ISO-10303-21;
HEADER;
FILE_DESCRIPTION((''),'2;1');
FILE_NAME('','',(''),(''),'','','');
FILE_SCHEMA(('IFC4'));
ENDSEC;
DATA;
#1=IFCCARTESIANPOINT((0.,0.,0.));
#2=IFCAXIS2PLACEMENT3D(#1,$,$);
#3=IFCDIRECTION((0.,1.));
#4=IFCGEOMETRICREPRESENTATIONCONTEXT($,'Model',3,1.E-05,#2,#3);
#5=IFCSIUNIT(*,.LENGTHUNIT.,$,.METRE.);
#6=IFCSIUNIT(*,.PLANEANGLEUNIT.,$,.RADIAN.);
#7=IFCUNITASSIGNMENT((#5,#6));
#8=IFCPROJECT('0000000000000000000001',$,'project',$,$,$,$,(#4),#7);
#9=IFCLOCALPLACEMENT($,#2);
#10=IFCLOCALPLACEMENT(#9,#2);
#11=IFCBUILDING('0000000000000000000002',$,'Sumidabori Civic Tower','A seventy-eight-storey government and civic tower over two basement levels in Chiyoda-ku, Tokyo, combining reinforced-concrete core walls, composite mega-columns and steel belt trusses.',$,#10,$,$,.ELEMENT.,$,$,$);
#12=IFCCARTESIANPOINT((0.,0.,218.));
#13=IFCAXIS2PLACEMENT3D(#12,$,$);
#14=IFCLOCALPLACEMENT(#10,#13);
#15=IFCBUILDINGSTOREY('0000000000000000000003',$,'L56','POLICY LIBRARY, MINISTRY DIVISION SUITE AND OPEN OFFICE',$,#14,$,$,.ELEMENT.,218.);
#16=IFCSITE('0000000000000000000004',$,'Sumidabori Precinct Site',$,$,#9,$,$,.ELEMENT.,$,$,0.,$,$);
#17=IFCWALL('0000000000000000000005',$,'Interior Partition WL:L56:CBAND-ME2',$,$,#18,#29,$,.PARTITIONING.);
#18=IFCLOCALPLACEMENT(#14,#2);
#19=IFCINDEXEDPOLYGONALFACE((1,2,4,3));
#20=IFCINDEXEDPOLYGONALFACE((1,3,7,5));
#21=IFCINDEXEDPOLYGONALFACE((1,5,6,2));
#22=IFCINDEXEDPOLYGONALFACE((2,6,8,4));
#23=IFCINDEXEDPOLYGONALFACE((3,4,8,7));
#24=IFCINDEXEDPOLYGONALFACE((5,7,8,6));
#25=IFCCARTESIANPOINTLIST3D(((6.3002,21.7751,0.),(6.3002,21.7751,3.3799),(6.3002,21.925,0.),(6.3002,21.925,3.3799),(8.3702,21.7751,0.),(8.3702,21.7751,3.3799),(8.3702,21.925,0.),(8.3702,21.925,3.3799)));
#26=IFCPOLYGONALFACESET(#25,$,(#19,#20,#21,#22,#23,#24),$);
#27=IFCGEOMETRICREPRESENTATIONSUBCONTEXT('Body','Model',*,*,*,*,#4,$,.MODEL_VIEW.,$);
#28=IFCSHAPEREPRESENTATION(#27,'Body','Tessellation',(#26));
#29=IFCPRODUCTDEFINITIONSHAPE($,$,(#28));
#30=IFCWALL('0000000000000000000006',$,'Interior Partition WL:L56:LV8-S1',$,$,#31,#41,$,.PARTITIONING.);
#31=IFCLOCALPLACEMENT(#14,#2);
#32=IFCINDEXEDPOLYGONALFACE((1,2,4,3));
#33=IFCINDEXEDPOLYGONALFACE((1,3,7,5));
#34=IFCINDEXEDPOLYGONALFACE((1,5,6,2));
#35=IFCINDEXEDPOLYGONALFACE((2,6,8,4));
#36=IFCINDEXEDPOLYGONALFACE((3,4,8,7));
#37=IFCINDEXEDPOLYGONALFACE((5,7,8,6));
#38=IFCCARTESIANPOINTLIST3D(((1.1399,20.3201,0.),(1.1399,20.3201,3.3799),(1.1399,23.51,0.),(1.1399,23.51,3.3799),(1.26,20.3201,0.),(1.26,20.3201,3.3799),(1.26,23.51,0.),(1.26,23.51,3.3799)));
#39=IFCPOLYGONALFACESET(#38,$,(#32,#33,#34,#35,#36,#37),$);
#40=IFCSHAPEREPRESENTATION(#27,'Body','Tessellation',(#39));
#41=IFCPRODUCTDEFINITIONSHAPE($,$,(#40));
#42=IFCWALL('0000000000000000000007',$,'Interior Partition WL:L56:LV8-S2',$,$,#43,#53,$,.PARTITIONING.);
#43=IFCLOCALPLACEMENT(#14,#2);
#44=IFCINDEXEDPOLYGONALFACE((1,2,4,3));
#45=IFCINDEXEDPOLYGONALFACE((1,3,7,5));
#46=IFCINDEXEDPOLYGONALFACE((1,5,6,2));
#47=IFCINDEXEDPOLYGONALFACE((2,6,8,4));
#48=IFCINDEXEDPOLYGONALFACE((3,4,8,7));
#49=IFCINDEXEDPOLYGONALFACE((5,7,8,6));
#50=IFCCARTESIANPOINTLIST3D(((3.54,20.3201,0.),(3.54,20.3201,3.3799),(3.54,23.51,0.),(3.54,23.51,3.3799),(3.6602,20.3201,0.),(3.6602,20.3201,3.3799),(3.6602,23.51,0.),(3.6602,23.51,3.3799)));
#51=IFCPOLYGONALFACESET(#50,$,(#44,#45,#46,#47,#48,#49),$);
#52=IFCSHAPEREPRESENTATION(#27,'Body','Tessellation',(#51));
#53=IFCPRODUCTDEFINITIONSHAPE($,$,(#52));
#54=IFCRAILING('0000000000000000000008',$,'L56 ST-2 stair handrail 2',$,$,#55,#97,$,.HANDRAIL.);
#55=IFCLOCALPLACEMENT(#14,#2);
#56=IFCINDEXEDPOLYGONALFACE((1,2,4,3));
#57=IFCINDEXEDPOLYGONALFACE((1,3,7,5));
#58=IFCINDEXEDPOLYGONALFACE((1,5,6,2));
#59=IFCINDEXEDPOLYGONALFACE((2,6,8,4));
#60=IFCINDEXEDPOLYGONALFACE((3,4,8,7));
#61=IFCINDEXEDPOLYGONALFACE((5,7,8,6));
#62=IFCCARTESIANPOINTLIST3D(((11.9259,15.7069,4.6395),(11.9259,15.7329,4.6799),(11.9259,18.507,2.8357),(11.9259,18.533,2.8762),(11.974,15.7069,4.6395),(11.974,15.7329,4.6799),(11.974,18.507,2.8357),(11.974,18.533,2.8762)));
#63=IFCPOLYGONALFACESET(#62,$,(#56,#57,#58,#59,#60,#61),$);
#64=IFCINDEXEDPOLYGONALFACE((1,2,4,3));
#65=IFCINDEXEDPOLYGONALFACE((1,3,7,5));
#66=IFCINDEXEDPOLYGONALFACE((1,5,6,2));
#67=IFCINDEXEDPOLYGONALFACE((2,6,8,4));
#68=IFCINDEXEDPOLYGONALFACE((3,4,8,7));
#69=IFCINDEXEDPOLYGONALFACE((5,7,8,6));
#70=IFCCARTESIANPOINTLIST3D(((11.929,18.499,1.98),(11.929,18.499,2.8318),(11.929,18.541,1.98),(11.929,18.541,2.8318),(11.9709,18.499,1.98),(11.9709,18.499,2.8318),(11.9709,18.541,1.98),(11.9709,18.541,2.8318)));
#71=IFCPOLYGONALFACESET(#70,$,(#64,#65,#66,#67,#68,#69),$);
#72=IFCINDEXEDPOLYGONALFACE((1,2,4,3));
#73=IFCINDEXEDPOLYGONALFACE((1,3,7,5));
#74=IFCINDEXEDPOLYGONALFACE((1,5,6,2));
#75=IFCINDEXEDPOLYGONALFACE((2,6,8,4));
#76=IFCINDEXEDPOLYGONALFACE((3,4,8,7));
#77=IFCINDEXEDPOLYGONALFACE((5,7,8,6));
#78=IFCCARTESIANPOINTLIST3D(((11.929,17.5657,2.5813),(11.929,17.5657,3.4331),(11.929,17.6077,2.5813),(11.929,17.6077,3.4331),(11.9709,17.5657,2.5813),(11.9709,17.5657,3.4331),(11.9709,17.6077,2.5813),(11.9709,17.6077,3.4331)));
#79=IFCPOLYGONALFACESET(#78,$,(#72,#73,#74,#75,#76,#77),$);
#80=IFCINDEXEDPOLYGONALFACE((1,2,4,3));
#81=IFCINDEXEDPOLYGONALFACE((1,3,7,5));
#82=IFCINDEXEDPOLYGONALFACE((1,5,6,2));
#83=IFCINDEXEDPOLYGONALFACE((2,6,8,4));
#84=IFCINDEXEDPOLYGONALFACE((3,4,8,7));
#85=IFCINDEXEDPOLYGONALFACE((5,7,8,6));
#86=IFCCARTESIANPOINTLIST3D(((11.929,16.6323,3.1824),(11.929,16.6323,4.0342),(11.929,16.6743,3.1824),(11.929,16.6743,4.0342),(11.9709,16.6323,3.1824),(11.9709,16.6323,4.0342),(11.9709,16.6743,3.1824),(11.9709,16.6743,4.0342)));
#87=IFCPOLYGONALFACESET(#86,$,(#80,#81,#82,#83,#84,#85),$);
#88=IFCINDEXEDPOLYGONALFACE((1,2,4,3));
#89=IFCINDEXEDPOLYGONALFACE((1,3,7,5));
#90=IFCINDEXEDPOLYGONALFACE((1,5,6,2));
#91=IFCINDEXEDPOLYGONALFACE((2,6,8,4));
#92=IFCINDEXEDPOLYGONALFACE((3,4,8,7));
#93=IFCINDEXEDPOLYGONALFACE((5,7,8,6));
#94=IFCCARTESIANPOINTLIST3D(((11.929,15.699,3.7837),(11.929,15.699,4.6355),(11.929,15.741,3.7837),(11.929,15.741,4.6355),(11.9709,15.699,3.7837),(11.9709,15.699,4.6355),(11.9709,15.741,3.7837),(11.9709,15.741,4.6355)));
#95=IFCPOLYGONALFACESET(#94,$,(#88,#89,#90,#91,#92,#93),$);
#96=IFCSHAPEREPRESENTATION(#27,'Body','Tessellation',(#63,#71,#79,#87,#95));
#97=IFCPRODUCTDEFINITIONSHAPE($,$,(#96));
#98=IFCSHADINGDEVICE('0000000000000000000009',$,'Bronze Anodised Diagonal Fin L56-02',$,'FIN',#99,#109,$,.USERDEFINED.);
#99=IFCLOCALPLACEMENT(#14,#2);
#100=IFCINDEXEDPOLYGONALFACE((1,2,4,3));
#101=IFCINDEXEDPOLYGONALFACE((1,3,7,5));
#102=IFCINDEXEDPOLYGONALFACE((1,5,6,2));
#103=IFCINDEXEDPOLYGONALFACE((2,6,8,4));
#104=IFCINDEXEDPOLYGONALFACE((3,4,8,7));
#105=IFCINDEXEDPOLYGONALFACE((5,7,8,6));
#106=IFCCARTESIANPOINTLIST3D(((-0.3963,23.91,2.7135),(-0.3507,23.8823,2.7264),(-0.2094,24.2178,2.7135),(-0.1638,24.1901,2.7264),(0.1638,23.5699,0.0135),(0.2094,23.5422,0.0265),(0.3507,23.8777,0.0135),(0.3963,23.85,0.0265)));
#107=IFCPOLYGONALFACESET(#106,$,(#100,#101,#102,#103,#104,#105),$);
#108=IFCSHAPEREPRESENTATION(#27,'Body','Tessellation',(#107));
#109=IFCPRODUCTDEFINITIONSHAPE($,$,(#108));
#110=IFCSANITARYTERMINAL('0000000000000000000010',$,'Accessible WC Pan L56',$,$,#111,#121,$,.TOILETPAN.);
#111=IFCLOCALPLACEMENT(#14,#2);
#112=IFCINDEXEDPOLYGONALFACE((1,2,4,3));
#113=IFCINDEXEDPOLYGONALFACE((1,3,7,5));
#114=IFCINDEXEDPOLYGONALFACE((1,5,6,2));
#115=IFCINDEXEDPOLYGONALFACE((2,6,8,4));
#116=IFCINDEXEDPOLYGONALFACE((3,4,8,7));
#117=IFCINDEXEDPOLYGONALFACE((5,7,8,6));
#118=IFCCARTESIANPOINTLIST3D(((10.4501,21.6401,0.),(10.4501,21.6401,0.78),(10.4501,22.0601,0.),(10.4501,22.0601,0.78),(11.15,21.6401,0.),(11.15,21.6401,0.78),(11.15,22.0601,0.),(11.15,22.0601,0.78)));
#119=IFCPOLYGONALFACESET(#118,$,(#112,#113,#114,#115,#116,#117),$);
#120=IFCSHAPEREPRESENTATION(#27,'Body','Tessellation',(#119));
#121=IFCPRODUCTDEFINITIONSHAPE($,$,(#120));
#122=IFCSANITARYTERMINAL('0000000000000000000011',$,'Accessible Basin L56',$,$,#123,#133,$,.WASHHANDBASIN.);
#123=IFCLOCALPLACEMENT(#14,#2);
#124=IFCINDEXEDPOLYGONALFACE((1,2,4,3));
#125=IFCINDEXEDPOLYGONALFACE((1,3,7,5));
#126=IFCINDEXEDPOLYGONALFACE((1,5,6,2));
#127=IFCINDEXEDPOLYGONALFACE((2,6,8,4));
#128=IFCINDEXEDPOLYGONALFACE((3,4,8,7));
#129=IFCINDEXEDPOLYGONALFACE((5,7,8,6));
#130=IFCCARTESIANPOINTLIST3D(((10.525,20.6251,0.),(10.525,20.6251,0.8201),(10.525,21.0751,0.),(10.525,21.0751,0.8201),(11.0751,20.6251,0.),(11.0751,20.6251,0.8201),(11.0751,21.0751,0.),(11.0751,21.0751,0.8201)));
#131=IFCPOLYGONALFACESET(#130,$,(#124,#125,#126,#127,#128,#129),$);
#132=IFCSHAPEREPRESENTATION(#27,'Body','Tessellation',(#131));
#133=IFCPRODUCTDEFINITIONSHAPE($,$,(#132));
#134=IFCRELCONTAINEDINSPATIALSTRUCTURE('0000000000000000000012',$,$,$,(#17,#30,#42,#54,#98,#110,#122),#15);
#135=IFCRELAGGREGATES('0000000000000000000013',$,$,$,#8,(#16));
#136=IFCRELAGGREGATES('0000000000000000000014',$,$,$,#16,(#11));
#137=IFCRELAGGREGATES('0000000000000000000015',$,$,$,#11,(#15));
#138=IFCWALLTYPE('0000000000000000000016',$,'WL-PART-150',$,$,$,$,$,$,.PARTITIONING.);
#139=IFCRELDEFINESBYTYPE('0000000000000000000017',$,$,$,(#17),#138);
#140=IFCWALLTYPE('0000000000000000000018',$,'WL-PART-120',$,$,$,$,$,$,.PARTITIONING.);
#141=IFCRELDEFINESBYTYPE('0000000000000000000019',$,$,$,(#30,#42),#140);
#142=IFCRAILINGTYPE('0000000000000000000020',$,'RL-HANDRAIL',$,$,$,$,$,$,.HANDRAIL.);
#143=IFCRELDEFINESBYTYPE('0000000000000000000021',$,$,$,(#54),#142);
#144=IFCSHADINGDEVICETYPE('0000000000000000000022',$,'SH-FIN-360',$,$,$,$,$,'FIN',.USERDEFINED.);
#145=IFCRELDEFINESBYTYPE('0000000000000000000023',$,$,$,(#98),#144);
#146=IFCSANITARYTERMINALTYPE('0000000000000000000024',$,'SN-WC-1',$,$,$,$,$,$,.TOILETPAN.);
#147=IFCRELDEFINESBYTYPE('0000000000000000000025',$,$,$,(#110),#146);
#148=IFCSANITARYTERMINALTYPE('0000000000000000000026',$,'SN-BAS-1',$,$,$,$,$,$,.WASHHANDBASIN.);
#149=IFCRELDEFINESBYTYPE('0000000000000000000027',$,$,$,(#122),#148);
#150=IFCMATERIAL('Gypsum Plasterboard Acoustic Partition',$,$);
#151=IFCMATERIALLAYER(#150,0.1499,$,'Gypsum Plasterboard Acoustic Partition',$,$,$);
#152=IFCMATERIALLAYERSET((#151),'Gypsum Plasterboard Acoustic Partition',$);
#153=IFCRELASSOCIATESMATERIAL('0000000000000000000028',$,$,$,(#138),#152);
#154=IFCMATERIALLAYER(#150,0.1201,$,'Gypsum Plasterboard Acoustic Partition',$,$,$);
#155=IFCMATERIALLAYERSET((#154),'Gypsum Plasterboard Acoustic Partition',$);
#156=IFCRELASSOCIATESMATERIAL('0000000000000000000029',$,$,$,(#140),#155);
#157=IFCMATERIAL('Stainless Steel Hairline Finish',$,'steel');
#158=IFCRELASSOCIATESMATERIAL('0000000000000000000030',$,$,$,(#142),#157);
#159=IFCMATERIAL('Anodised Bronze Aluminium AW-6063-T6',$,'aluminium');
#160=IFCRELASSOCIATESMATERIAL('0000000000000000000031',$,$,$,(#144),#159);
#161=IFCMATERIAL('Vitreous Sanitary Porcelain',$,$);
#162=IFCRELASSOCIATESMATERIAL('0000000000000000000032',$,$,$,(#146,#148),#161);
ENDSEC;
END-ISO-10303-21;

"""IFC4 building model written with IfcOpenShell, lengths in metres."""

from ifc_helpers import new_model, si_unit, direction, frame, frame_2d, origin, origin_2d, place, context, subcontext, project, spatial, rectangle, extrude, source, transform, mapped, material, layer, layer_set, material_profile, profile_set, type_object, element, save


model = new_model("IFC4")

# Units and contexts
model_context = context("Model", 3, precision=1e-05, world=origin(), true_north=direction((0.0, 1.0)))
body_context = subcontext(model_context, "Body", "Model", "MODEL_VIEW")
ifc_project = project(units=[si_unit("LENGTHUNIT", "METRE"), si_unit("PLANEANGLEUNIT", "RADIAN")], contexts=[model_context])

# Site, building, storey
site_placement = place(None, origin())
site = spatial("IfcSite", under=ifc_project, at=site_placement, Name="Sumidabori Precinct Site", CompositionType="ELEMENT", RefElevation=0.0)
building_placement = place(site_placement, origin())
building = spatial("IfcBuilding", under=site, at=building_placement, Name="Sumidabori Civic Tower", Description="A seventy-eight-storey government and civic tower over two basement levels in Chiyoda-ku, Tokyo, combining reinforced-concrete core walls, composite mega-columns and steel belt trusses.", CompositionType="ELEMENT")
storey_placement = place(building_placement, frame((0.0, 0.0, 218.0)))
storey = spatial("IfcBuildingStorey", under=building, at=storey_placement, Name="L56", Description="POLICY LIBRARY, MINISTRY DIVISION SUITE AND OPEN OFFICE", CompositionType="ELEMENT", Elevation=218.0)

# Shared definitions
ifc_material_1 = material(Name="Anodised Bronze Aluminium AW-6063-T6", Category="aluminium")

# Walls
ifc_material_2 = material(Name="Gypsum Plasterboard Acoustic Partition")
ifc_layer_1 = layer(ifc_material_2, 0.1499, Name="Gypsum Plasterboard Acoustic Partition")
ifc_layer_set_1 = layer_set([ifc_layer_1], Name="Gypsum Plasterboard Acoustic Partition")
wall_type_1 = type_object("IfcWallType", Name="WL-PART-150", PredefinedType="PARTITIONING", material=ifc_layer_set_1)
shared_shape_1 = source(origin(), body_context, "Body", "SweptSolid", [
    extrude(rectangle(XDim=2.0701, YDim=0.1499, at=frame_2d((1.0352, 0.0))), origin(), (0.0, 0.0, 1.0), 3.3799),
])
wall_1_placement = place(storey_placement, frame((6.3, 21.8501, 0.0), z_axis=(0.0, 0.0, 1.0), x_axis=(1.0, 0.0, 0.0)))
element("IfcWall", 1, at=wall_1_placement, inside=storey, type_object=wall_type_1, Name="Interior Partition WL:L56:CBAND-ME2", PredefinedType="PARTITIONING", context=body_context, shape_type="MappedRepresentation", body=[
    mapped(shared_shape_1, transform((0.0, 0.0, 0.0), x_axis=(1.0, 0.0, 0.0), y_axis=(0.0, 1.0, 0.0), z_axis=(0.0, 0.0, 1.0), scale=1.0)),
])
ifc_layer_2 = layer(ifc_material_2, 0.1201, Name="Gypsum Plasterboard Acoustic Partition")
ifc_layer_set_2 = layer_set([ifc_layer_2], Name="Gypsum Plasterboard Acoustic Partition")
wall_type_2 = type_object("IfcWallType", Name="WL-PART-120", PredefinedType="PARTITIONING", material=ifc_layer_set_2)
shared_shape_2 = source(origin(), body_context, "Body", "SweptSolid", [
    extrude(rectangle(XDim=3.1899, YDim=0.1201, at=frame_2d((1.595, 0.0))), origin(), (0.0, 0.0, 1.0), 3.3799),
])
for number, where, z_axis, x_axis, name in (
    (2, (1.2, 20.3201, 0.0), (0.0, 0.0, 1.0), (0.0, 1.0, 0.0), "Interior Partition WL:L56:LV8-S1"),
    (3, (3.6001, 20.3201, 0.0), (0.0, 0.0, 1.0), (0.0, 1.0, 0.0), "Interior Partition WL:L56:LV8-S2"),
):
    element("IfcWall", number, at=place(storey_placement, frame(where, z_axis=z_axis, x_axis=x_axis)), inside=storey, type_object=wall_type_2, Name=name, PredefinedType="PARTITIONING", context=body_context, shape_type="MappedRepresentation", body=[
        mapped(shared_shape_2, transform((0.0, 0.0, 0.0), x_axis=(1.0, 0.0, 0.0), y_axis=(0.0, 1.0, 0.0), z_axis=(0.0, 0.0, 1.0), scale=1.0)),
    ])

# Railing
ifc_material_3 = material(Name="Stainless Steel Hairline Finish", Category="steel")
railing_type = type_object("IfcRailingType", Name="RL-HANDRAIL", PredefinedType="HANDRAIL", material=ifc_material_3)
railing_placement = place(storey_placement, frame((11.95, 18.52, 1.98)))
element("IfcRailing", 4, at=railing_placement, inside=storey, type_object=railing_type, Name="L56 ST-2 stair handrail 2", PredefinedType="HANDRAIL", context=body_context, shape_type="SweptSolid", body=[
    extrude(rectangle(XDim=0.0481, YDim=0.0481, at=origin_2d()), frame((0.0, 0.0, 0.876), z_axis=(0.0, -0.840676, 0.541539), x_axis=(1.0, 0.0, 0.0)), (0.0, 0.0, 1.0), 3.3308),
    extrude(rectangle(XDim=0.042, YDim=0.042, at=origin_2d()), origin(), (0.0, 0.0, 1.0), 0.8518),
    extrude(rectangle(XDim=0.042, YDim=0.042, at=origin_2d()), frame((0.0, -0.9333, 0.6013)), (0.0, 0.0, 1.0), 0.8518),
    extrude(rectangle(XDim=0.042, YDim=0.042, at=origin_2d()), frame((0.0, -1.8667, 1.2024)), (0.0, 0.0, 1.0), 0.8518),
    extrude(rectangle(XDim=0.042, YDim=0.042, at=origin_2d()), frame((0.0, -2.8, 1.8037)), (0.0, 0.0, 1.0), 0.8518),
])

# Shading device
ifc_material_profile_1 = material_profile(ifc_material_1, rectangle(XDim=0.0549, YDim=0.3601, at=origin_2d()), Name="BRONZE FIN 360x55")
ifc_profile_set_1 = profile_set([ifc_material_profile_1], Name="Anodised Bronze Aluminium AW-6063-T6")
shading_device_type = type_object("IfcShadingDeviceType", Name="SH-FIN-360", ElementType="FIN", PredefinedType="USERDEFINED", material=ifc_profile_set_1)
shared_shape_3 = source(origin(), body_context, "Body", "SweptSolid", [
    extrude(rectangle(XDim=0.0549, YDim=0.3601, at=origin_2d()), origin(), (0.0, 0.0, 1.0), 2.7783),
])
shading_device_placement = place(storey_placement, frame((0.28, 23.71, 0.02), z_axis=(-0.201582, 0.122408, 0.971793), x_axis=(0.830642, -0.504396, 0.235837)))
element("IfcShadingDevice", 5, at=shading_device_placement, inside=storey, type_object=shading_device_type, Name="Bronze Anodised Diagonal Fin L56-02", ObjectType="FIN", PredefinedType="USERDEFINED", context=body_context, shape_type="MappedRepresentation", body=[
    mapped(shared_shape_3, transform((0.0, 0.0, 0.0), x_axis=(1.0, 0.0, 0.0), y_axis=(0.0, 1.0, 0.0), z_axis=(0.0, 0.0, 1.0), scale=1.0)),
])

# Sanitary terminals
ifc_material_4 = material(Name="Vitreous Sanitary Porcelain")
sanitary_terminal_type_1 = type_object("IfcSanitaryTerminalType", Name="SN-WC-1", PredefinedType="TOILETPAN", material=ifc_material_4)
shared_shape_4 = source(origin(), body_context, "Body", "SweptSolid", [
    extrude(rectangle(XDim=0.7, YDim=0.4199, at=origin_2d()), origin(), (0.0, 0.0, 1.0), 0.78),
])
sanitary_terminal_1_placement = place(storey_placement, frame((10.8, 21.8501, 0.0), z_axis=(0.0, 0.0, 1.0), x_axis=(1.0, 0.0, 0.0)))
element("IfcSanitaryTerminal", 6, at=sanitary_terminal_1_placement, inside=storey, type_object=sanitary_terminal_type_1, Name="Accessible WC Pan L56", PredefinedType="TOILETPAN", context=body_context, shape_type="MappedRepresentation", body=[
    mapped(shared_shape_4, transform((0.0, 0.0, 0.0), x_axis=(1.0, 0.0, 0.0), y_axis=(0.0, 1.0, 0.0), z_axis=(0.0, 0.0, 1.0), scale=1.0)),
])
sanitary_terminal_type_2 = type_object("IfcSanitaryTerminalType", Name="SN-BAS-1", PredefinedType="WASHHANDBASIN", material=ifc_material_4)
shared_shape_5 = source(origin(), body_context, "Body", "SweptSolid", [
    extrude(rectangle(XDim=0.55, YDim=0.45, at=origin_2d()), origin(), (0.0, 0.0, 1.0), 0.8201),
])
sanitary_terminal_2_placement = place(storey_placement, frame((10.8, 20.8501, 0.0), z_axis=(0.0, 0.0, 1.0), x_axis=(1.0, 0.0, 0.0)))
element("IfcSanitaryTerminal", 7, at=sanitary_terminal_2_placement, inside=storey, type_object=sanitary_terminal_type_2, Name="Accessible Basin L56", PredefinedType="WASHHANDBASIN", context=body_context, shape_type="MappedRepresentation", body=[
    mapped(shared_shape_5, transform((0.0, 0.0, 0.0), x_axis=(1.0, 0.0, 0.0), y_axis=(0.0, 1.0, 0.0), z_axis=(0.0, 0.0, 1.0), scale=1.0)),
])

save(model, "model.ifc")
